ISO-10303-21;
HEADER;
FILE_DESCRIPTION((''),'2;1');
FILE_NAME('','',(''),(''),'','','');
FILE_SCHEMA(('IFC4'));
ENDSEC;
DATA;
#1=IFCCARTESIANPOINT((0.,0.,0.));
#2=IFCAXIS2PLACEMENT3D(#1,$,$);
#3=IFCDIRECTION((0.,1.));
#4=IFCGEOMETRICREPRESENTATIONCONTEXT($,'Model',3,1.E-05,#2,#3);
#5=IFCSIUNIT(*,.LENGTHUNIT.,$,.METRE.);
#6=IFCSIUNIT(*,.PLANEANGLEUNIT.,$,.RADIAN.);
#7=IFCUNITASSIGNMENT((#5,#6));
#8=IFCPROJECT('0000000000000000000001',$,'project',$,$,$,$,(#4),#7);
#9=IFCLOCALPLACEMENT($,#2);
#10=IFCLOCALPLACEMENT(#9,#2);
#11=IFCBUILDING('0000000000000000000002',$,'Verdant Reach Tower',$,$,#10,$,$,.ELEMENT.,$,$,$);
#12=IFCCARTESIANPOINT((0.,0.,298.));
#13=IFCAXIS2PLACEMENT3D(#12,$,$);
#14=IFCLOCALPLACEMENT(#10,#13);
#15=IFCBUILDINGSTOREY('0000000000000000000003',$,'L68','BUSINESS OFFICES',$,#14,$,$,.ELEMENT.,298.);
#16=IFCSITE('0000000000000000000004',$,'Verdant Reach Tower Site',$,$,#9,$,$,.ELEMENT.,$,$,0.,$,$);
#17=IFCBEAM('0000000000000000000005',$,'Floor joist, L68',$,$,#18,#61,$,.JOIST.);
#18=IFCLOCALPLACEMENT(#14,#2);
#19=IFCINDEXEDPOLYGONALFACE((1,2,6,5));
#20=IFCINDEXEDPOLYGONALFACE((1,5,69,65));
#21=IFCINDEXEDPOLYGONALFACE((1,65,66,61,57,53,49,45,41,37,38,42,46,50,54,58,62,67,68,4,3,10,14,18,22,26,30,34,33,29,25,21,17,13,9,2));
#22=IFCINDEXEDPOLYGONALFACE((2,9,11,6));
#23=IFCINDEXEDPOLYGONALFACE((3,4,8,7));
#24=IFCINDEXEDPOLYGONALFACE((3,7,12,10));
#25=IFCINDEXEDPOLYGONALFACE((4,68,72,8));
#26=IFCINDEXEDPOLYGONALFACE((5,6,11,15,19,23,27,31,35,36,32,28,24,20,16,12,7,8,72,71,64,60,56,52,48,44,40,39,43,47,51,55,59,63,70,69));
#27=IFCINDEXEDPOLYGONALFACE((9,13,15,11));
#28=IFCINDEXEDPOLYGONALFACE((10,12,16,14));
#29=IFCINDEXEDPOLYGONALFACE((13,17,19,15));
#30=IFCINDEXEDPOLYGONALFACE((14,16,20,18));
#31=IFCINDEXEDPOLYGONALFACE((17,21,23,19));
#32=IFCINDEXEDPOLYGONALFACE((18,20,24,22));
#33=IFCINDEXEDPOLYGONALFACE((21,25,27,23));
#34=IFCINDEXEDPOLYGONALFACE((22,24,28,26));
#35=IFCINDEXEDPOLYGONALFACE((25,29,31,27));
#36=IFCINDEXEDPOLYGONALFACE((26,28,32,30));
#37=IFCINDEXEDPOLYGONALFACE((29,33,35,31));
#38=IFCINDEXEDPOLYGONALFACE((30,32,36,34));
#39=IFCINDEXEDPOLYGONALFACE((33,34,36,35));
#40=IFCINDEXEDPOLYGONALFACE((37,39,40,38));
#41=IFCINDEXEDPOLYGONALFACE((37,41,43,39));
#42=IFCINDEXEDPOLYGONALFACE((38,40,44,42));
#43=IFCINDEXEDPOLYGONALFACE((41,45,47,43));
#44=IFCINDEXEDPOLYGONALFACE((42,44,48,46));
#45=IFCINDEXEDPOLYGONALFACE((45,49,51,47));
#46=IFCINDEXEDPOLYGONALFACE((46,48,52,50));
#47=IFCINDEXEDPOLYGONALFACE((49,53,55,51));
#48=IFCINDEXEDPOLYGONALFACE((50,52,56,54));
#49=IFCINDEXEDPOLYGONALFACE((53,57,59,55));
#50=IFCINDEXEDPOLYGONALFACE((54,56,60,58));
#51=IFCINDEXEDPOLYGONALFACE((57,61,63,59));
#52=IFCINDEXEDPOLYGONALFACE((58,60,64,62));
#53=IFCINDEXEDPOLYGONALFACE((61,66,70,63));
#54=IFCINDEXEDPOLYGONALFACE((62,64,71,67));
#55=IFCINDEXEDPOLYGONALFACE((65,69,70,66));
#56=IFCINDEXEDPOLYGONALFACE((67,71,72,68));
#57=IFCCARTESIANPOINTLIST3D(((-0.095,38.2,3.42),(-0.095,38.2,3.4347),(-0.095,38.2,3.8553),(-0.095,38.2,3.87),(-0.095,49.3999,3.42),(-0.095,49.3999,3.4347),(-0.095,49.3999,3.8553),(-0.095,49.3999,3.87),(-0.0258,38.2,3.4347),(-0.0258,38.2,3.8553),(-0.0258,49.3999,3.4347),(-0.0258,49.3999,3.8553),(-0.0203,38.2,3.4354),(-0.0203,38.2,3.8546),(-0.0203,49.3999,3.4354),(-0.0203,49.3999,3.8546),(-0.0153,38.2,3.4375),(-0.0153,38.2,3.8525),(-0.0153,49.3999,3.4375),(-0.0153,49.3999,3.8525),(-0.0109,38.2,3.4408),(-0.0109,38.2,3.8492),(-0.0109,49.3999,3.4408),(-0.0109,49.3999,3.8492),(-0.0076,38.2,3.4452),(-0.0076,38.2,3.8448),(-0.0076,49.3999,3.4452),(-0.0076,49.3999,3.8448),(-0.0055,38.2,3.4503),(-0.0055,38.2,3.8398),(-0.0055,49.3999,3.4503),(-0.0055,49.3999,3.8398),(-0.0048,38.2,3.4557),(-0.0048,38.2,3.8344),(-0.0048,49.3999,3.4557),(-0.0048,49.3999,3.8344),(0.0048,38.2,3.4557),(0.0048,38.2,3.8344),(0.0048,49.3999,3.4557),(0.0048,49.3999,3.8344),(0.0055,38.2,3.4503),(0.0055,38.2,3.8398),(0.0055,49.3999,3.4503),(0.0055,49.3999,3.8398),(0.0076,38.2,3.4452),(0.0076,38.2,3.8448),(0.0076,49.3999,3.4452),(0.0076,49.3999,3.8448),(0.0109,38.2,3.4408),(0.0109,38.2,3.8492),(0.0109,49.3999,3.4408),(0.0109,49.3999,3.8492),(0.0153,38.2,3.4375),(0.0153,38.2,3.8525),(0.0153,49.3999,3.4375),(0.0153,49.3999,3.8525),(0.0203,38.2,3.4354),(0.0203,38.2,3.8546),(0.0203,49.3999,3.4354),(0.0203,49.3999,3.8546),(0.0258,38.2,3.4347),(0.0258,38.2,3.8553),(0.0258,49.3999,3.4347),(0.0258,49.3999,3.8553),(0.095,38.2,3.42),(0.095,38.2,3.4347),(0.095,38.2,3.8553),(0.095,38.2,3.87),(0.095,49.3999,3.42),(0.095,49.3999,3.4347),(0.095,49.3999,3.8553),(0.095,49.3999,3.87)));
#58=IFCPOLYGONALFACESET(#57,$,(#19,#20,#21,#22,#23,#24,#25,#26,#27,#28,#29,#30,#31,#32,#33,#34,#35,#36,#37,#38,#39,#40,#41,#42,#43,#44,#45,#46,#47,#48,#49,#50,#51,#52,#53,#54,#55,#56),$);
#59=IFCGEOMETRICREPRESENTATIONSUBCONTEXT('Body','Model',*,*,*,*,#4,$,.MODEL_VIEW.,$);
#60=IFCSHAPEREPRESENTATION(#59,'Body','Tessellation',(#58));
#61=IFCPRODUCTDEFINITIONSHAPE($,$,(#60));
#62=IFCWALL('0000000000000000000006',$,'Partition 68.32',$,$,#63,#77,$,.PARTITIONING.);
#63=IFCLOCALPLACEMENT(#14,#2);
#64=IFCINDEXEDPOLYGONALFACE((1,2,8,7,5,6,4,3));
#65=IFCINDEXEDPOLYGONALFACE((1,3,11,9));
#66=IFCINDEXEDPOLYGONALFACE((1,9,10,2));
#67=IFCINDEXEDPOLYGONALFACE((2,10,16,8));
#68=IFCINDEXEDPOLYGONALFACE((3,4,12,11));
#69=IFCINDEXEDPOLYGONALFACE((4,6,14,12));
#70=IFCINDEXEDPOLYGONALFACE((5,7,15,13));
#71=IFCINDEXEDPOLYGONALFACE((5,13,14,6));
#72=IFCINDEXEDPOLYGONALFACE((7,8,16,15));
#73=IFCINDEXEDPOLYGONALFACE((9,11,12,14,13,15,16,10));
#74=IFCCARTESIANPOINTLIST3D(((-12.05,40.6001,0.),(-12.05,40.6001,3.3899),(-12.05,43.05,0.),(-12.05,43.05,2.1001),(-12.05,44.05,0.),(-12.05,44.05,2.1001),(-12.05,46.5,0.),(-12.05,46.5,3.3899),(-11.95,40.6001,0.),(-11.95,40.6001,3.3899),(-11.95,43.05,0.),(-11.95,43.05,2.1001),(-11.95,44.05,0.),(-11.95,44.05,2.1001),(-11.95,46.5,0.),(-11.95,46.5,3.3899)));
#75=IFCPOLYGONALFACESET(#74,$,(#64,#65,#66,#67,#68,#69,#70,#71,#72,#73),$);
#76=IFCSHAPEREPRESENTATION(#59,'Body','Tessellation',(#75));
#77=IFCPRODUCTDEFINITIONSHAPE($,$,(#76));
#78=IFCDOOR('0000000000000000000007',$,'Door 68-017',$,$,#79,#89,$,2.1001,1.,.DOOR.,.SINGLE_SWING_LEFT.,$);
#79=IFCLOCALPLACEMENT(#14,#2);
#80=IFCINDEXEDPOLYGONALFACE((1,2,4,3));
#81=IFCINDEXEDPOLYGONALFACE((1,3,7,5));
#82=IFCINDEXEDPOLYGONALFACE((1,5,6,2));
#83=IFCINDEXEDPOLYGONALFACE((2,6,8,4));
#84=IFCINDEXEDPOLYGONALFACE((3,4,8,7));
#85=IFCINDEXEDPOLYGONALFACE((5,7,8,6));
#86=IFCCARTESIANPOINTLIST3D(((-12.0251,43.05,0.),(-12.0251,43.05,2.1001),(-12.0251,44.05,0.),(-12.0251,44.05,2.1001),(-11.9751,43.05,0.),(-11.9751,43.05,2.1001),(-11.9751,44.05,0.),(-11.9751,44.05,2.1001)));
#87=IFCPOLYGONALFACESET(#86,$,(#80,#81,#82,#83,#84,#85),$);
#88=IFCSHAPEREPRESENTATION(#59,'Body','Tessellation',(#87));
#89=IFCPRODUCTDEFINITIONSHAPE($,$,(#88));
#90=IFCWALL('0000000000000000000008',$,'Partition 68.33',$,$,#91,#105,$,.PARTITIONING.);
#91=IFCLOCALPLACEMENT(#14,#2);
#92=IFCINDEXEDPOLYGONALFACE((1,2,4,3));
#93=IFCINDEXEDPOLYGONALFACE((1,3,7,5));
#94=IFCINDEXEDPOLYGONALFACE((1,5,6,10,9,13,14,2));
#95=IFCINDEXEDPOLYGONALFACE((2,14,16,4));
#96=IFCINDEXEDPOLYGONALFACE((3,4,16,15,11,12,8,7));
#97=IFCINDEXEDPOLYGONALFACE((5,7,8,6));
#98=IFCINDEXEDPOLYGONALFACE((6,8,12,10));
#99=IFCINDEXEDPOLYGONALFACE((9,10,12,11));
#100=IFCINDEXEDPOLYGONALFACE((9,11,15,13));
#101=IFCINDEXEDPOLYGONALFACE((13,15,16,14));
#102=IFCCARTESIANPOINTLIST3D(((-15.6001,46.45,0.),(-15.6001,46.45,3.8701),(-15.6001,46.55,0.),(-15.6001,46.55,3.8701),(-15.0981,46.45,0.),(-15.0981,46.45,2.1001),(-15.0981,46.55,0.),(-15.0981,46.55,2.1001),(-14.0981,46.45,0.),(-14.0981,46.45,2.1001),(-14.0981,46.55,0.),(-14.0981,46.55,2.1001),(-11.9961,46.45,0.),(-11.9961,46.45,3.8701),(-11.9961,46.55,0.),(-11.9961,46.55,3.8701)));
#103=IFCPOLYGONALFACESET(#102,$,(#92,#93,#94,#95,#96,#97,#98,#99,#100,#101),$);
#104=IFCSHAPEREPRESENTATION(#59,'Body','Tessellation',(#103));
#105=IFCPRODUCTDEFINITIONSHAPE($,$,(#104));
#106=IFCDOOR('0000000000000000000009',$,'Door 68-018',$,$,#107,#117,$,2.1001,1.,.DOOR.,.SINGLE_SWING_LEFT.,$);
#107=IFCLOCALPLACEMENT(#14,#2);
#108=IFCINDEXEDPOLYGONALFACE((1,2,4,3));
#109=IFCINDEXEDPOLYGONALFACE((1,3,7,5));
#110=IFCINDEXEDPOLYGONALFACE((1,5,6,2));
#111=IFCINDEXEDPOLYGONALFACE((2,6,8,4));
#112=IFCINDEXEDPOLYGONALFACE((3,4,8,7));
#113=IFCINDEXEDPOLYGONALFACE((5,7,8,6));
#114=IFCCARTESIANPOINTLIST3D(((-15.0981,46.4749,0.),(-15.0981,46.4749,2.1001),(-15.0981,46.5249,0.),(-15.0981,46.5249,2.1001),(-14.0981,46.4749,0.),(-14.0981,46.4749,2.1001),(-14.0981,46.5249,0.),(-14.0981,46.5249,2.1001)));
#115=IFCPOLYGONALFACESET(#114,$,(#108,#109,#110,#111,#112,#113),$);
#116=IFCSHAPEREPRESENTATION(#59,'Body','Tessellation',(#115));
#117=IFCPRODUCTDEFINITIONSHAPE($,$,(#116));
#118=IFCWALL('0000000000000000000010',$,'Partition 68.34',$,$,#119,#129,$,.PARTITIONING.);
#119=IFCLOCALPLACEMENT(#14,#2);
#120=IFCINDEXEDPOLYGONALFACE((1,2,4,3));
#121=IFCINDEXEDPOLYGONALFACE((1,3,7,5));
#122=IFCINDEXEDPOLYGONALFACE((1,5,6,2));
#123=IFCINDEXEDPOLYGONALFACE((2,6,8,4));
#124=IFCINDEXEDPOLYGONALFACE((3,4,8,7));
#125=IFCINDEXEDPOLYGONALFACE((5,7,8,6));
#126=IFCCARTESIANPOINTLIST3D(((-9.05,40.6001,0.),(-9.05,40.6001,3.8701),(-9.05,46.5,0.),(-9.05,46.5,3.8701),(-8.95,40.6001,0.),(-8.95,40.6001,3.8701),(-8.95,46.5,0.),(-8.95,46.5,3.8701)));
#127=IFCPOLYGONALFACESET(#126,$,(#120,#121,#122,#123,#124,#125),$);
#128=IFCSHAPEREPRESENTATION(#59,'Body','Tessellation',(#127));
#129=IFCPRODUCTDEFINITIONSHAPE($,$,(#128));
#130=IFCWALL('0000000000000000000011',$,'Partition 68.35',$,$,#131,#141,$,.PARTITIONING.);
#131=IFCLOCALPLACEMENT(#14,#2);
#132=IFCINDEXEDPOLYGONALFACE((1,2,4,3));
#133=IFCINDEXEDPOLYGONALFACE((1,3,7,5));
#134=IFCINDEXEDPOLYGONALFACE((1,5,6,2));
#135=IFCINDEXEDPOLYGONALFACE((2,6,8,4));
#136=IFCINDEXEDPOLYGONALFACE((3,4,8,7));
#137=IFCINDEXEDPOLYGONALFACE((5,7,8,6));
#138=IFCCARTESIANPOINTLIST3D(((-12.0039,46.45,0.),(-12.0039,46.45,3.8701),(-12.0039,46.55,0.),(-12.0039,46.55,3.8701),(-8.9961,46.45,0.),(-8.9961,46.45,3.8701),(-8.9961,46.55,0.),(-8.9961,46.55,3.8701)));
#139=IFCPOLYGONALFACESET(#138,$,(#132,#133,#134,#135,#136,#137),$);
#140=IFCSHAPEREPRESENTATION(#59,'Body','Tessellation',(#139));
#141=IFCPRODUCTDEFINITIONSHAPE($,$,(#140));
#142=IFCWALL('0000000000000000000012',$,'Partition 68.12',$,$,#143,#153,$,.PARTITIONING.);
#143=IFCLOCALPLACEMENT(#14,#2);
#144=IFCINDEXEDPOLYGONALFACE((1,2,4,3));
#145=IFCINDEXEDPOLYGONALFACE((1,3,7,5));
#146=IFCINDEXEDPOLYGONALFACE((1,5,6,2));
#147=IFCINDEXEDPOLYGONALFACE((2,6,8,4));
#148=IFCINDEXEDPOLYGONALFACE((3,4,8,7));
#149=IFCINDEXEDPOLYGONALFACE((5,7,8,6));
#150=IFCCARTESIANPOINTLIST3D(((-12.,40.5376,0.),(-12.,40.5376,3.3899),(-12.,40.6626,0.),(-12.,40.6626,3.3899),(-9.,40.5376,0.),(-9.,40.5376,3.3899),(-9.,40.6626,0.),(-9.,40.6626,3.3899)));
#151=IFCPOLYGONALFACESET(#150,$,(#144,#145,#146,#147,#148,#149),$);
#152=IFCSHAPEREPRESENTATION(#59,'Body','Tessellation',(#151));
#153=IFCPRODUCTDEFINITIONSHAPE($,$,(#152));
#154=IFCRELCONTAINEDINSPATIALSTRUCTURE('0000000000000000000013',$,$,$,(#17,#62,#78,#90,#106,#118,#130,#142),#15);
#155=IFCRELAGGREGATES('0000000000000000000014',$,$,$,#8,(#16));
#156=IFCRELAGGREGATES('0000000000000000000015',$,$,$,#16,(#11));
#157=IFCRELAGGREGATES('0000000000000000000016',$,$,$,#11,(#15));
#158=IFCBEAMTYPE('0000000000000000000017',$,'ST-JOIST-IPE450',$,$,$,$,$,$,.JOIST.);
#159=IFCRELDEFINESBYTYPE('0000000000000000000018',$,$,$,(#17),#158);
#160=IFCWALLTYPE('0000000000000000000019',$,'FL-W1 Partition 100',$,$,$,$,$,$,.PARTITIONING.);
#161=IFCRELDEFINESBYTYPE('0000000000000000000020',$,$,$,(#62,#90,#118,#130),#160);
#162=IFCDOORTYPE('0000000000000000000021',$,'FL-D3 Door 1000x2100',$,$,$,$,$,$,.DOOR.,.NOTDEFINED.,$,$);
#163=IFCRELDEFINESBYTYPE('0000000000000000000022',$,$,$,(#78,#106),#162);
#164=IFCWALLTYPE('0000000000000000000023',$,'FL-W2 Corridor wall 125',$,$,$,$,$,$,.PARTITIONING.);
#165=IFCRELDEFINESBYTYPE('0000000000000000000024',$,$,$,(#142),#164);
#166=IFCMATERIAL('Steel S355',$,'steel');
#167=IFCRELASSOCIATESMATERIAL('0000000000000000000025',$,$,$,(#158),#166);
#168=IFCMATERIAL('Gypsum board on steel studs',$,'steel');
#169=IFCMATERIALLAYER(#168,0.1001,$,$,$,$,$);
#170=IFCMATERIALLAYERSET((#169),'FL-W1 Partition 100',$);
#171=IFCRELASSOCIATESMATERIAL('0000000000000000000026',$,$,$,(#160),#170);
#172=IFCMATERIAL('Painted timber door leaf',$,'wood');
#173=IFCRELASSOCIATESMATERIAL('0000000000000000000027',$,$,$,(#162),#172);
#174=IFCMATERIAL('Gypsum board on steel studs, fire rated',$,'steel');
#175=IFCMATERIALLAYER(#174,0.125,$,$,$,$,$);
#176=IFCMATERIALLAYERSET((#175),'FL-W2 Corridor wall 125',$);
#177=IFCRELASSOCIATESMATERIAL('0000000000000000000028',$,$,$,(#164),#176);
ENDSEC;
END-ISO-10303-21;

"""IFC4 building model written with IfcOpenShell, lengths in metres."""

from ifc_helpers import new_model, si_unit, direction, frame, frame_2d, origin, origin_2d, place, context, subcontext, project, spatial, rectangle, i_section, extrude, material, layer, layer_set, material_profile, profile_set, type_object, element, fill, save


model = new_model("IFC4")

# Units and contexts
model_context = context("Model", 3, precision=1e-05, world=origin(), true_north=direction((0.0, 1.0)))
body_context = subcontext(model_context, "Body", "Model", "MODEL_VIEW")
ifc_project = project(units=[si_unit("LENGTHUNIT", "METRE"), si_unit("PLANEANGLEUNIT", "RADIAN")], contexts=[model_context])

# Site, building, storey
site_placement = place(None, origin())
site = spatial("IfcSite", under=ifc_project, at=site_placement, Name="Verdant Reach Tower Site", CompositionType="ELEMENT", RefElevation=0.0)
building_placement = place(site_placement, origin())
building = spatial("IfcBuilding", under=site, at=building_placement, Name="Verdant Reach Tower", CompositionType="ELEMENT")
storey_placement = place(building_placement, frame((0.0, 0.0, 298.0)))
storey = spatial("IfcBuildingStorey", under=building, at=storey_placement, Name="L68", Description="BUSINESS OFFICES", CompositionType="ELEMENT", Elevation=298.0)

# Beam
ifc_material_1 = material(Name="Steel S355", Category="steel")
ifc_material_profile_1 = material_profile(ifc_material_1, i_section(OverallWidth=0.1899, OverallDepth=0.45, WebThickness=0.0095, FlangeThickness=0.0146, FilletRadius=0.021, at=origin_2d()), Name="IPE 450")
ifc_profile_set_1 = profile_set([ifc_material_profile_1], Name="Steel S355")
beam_type_1 = type_object("IfcBeamType", Name="ST-JOIST-IPE450", PredefinedType="JOIST", material=ifc_profile_set_1)
for number, where, z_axis, x_axis, name in (
    (1, (0.0, 38.2, 3.645), (0.0, 1.0, 0.0), (-1.0, 0.0, 0.0), "Floor joist, L68"),
):
    element("IfcBeam", number, at=place(storey_placement, frame(where, z_axis=z_axis, x_axis=x_axis)), inside=storey, type_object=beam_type_1, Name=name, PredefinedType="JOIST", context=body_context, shape_type="SweptSolid", body=[
        extrude(i_section(OverallWidth=0.1899, OverallDepth=0.45, WebThickness=0.0095, FlangeThickness=0.0146, FilletRadius=0.021, at=origin_2d()), origin(), (0.0, 0.0, 1.0), 11.2),
    ])

# Walls, openings, doors
ifc_material_2 = material(Name="Gypsum board on steel studs", Category="steel")
ifc_layer_1 = layer(ifc_material_2, 0.1001)
ifc_layer_set_1 = layer_set([ifc_layer_1], Name="FL-W1 Partition 100")
wall_type_1 = type_object("IfcWallType", Name="FL-W1 Partition 100", PredefinedType="PARTITIONING", material=ifc_layer_set_1)
wall_1_placement = place(storey_placement, frame((-12.0, 46.5, 0.0), z_axis=(0.0, 0.0, 1.0), x_axis=(0.0, -1.0, 0.0)))
wall_1 = element("IfcWall", 2, at=wall_1_placement, inside=storey, type_object=wall_type_1, Name="Partition 68.32", PredefinedType="PARTITIONING", context=body_context, shape_type="SweptSolid", body=[
    extrude(rectangle(XDim=5.8999, YDim=0.1001, at=frame_2d((2.95, 0.0))), origin(), (0.0, 0.0, 1.0), 3.3899),
])
opening_1_placement = place(wall_1_placement, frame((2.45, 0.0, 0.0)))
opening_1 = element("IfcOpeningElement", 3, at=opening_1_placement, cuts=wall_1, PredefinedType="OPENING", context=body_context, shape_type="SweptSolid", body=[
    extrude(rectangle(XDim=1.0, YDim=2.1001, at=frame_2d((0.5, 1.05))), frame((0.0, 0.0601, 0.0), z_axis=(0.0, -1.0, 0.0), x_axis=(1.0, 0.0, 0.0)), (0.0, 0.0, 1.0), 0.1201),
])
ifc_material_3 = material(Name="Painted timber door leaf", Category="wood")
door_type_1 = type_object("IfcDoorType", Name="FL-D3 Door 1000x2100", OperationType="NOTDEFINED", PredefinedType="DOOR", material=ifc_material_3)
door_1_placement = place(opening_1_placement, origin())
door_1 = element("IfcDoor", 4, at=door_1_placement, inside=storey, type_object=door_type_1, Name="Door 68-017", OperationType="SINGLE_SWING_LEFT", OverallHeight=2.1001, OverallWidth=1.0, PredefinedType="DOOR", context=body_context, shape_type="SweptSolid", body=[
    extrude(rectangle(XDim=1.0, YDim=2.1001, at=frame_2d((0.5, 1.05))), frame((0.0, 0.0249, 0.0), z_axis=(0.0, -1.0, 0.0), x_axis=(1.0, 0.0, 0.0)), (0.0, 0.0, 1.0), 0.05),
])
fill(opening_1, door_1)
wall_2_placement = place(storey_placement, frame((-15.6001, 46.5, 0.0), z_axis=(0.0, 0.0, 1.0), x_axis=(1.0, 0.0, 0.0)))
wall_2 = element("IfcWall", 5, at=wall_2_placement, inside=storey, type_object=wall_type_1, Name="Partition 68.33", PredefinedType="PARTITIONING", context=body_context, shape_type="SweptSolid", body=[
    extrude(rectangle(XDim=3.604, YDim=0.1001, at=frame_2d((1.802, 0.0))), origin(), (0.0, 0.0, 1.0), 3.8701),
])
opening_2_placement = place(wall_2_placement, frame((0.502, 0.0, 0.0)))
opening_2 = element("IfcOpeningElement", 6, at=opening_2_placement, cuts=wall_2, PredefinedType="OPENING", context=body_context, shape_type="SweptSolid", body=[
    extrude(rectangle(XDim=1.0, YDim=2.1001, at=frame_2d((0.5, 1.05))), frame((0.0, 0.0601, 0.0), z_axis=(0.0, -1.0, 0.0), x_axis=(1.0, 0.0, 0.0)), (0.0, 0.0, 1.0), 0.1201),
])
door_2_placement = place(opening_2_placement, origin())
door_2 = element("IfcDoor", 7, at=door_2_placement, inside=storey, type_object=door_type_1, Name="Door 68-018", OperationType="SINGLE_SWING_LEFT", OverallHeight=2.1001, OverallWidth=1.0, PredefinedType="DOOR", context=body_context, shape_type="SweptSolid", body=[
    extrude(rectangle(XDim=1.0, YDim=2.1001, at=frame_2d((0.5, 1.05))), frame((0.0, 0.0249, 0.0), z_axis=(0.0, -1.0, 0.0), x_axis=(1.0, 0.0, 0.0)), (0.0, 0.0, 1.0), 0.05),
])
fill(opening_2, door_2)

# Walls
wall_3_placement = place(storey_placement, frame((-9.0, 40.6001, 0.0), z_axis=(0.0, 0.0, 1.0), x_axis=(0.0, 1.0, 0.0)))
element("IfcWall", 8, at=wall_3_placement, inside=storey, type_object=wall_type_1, Name="Partition 68.34", PredefinedType="PARTITIONING", context=body_context, shape_type="SweptSolid", body=[
    extrude(rectangle(XDim=5.8999, YDim=0.1001, at=frame_2d((2.95, 0.0))), origin(), (0.0, 0.0, 1.0), 3.8701),
])
wall_4_placement = place(storey_placement, frame((-8.9961, 46.5, 0.0), z_axis=(0.0, 0.0, 1.0), x_axis=(-1.0, 0.0, 0.0)))
element("IfcWall", 9, at=wall_4_placement, inside=storey, type_object=wall_type_1, Name="Partition 68.35", PredefinedType="PARTITIONING", context=body_context, shape_type="SweptSolid", body=[
    extrude(rectangle(XDim=3.0078, YDim=0.1001, at=frame_2d((1.5039, 0.0))), origin(), (0.0, 0.0, 1.0), 3.8701),
])
ifc_material_4 = material(Name="Gypsum board on steel studs, fire rated", Category="steel")
ifc_layer_2 = layer(ifc_material_4, 0.125)
ifc_layer_set_2 = layer_set([ifc_layer_2], Name="FL-W2 Corridor wall 125")
wall_type_2 = type_object("IfcWallType", Name="FL-W2 Corridor wall 125", PredefinedType="PARTITIONING", material=ifc_layer_set_2)
wall_5_placement = place(storey_placement, frame((-9.0, 40.6001, 0.0), z_axis=(0.0, 0.0, 1.0), x_axis=(-1.0, 0.0, 0.0)))
element("IfcWall", 10, at=wall_5_placement, inside=storey, type_object=wall_type_2, Name="Partition 68.12", PredefinedType="PARTITIONING", context=body_context, shape_type="SweptSolid", body=[
    extrude(rectangle(XDim=3.0, YDim=0.125, at=frame_2d((1.5, 0.0))), origin(), (0.0, 0.0, 1.0), 3.3899),
])

save(model, "model.ifc")
